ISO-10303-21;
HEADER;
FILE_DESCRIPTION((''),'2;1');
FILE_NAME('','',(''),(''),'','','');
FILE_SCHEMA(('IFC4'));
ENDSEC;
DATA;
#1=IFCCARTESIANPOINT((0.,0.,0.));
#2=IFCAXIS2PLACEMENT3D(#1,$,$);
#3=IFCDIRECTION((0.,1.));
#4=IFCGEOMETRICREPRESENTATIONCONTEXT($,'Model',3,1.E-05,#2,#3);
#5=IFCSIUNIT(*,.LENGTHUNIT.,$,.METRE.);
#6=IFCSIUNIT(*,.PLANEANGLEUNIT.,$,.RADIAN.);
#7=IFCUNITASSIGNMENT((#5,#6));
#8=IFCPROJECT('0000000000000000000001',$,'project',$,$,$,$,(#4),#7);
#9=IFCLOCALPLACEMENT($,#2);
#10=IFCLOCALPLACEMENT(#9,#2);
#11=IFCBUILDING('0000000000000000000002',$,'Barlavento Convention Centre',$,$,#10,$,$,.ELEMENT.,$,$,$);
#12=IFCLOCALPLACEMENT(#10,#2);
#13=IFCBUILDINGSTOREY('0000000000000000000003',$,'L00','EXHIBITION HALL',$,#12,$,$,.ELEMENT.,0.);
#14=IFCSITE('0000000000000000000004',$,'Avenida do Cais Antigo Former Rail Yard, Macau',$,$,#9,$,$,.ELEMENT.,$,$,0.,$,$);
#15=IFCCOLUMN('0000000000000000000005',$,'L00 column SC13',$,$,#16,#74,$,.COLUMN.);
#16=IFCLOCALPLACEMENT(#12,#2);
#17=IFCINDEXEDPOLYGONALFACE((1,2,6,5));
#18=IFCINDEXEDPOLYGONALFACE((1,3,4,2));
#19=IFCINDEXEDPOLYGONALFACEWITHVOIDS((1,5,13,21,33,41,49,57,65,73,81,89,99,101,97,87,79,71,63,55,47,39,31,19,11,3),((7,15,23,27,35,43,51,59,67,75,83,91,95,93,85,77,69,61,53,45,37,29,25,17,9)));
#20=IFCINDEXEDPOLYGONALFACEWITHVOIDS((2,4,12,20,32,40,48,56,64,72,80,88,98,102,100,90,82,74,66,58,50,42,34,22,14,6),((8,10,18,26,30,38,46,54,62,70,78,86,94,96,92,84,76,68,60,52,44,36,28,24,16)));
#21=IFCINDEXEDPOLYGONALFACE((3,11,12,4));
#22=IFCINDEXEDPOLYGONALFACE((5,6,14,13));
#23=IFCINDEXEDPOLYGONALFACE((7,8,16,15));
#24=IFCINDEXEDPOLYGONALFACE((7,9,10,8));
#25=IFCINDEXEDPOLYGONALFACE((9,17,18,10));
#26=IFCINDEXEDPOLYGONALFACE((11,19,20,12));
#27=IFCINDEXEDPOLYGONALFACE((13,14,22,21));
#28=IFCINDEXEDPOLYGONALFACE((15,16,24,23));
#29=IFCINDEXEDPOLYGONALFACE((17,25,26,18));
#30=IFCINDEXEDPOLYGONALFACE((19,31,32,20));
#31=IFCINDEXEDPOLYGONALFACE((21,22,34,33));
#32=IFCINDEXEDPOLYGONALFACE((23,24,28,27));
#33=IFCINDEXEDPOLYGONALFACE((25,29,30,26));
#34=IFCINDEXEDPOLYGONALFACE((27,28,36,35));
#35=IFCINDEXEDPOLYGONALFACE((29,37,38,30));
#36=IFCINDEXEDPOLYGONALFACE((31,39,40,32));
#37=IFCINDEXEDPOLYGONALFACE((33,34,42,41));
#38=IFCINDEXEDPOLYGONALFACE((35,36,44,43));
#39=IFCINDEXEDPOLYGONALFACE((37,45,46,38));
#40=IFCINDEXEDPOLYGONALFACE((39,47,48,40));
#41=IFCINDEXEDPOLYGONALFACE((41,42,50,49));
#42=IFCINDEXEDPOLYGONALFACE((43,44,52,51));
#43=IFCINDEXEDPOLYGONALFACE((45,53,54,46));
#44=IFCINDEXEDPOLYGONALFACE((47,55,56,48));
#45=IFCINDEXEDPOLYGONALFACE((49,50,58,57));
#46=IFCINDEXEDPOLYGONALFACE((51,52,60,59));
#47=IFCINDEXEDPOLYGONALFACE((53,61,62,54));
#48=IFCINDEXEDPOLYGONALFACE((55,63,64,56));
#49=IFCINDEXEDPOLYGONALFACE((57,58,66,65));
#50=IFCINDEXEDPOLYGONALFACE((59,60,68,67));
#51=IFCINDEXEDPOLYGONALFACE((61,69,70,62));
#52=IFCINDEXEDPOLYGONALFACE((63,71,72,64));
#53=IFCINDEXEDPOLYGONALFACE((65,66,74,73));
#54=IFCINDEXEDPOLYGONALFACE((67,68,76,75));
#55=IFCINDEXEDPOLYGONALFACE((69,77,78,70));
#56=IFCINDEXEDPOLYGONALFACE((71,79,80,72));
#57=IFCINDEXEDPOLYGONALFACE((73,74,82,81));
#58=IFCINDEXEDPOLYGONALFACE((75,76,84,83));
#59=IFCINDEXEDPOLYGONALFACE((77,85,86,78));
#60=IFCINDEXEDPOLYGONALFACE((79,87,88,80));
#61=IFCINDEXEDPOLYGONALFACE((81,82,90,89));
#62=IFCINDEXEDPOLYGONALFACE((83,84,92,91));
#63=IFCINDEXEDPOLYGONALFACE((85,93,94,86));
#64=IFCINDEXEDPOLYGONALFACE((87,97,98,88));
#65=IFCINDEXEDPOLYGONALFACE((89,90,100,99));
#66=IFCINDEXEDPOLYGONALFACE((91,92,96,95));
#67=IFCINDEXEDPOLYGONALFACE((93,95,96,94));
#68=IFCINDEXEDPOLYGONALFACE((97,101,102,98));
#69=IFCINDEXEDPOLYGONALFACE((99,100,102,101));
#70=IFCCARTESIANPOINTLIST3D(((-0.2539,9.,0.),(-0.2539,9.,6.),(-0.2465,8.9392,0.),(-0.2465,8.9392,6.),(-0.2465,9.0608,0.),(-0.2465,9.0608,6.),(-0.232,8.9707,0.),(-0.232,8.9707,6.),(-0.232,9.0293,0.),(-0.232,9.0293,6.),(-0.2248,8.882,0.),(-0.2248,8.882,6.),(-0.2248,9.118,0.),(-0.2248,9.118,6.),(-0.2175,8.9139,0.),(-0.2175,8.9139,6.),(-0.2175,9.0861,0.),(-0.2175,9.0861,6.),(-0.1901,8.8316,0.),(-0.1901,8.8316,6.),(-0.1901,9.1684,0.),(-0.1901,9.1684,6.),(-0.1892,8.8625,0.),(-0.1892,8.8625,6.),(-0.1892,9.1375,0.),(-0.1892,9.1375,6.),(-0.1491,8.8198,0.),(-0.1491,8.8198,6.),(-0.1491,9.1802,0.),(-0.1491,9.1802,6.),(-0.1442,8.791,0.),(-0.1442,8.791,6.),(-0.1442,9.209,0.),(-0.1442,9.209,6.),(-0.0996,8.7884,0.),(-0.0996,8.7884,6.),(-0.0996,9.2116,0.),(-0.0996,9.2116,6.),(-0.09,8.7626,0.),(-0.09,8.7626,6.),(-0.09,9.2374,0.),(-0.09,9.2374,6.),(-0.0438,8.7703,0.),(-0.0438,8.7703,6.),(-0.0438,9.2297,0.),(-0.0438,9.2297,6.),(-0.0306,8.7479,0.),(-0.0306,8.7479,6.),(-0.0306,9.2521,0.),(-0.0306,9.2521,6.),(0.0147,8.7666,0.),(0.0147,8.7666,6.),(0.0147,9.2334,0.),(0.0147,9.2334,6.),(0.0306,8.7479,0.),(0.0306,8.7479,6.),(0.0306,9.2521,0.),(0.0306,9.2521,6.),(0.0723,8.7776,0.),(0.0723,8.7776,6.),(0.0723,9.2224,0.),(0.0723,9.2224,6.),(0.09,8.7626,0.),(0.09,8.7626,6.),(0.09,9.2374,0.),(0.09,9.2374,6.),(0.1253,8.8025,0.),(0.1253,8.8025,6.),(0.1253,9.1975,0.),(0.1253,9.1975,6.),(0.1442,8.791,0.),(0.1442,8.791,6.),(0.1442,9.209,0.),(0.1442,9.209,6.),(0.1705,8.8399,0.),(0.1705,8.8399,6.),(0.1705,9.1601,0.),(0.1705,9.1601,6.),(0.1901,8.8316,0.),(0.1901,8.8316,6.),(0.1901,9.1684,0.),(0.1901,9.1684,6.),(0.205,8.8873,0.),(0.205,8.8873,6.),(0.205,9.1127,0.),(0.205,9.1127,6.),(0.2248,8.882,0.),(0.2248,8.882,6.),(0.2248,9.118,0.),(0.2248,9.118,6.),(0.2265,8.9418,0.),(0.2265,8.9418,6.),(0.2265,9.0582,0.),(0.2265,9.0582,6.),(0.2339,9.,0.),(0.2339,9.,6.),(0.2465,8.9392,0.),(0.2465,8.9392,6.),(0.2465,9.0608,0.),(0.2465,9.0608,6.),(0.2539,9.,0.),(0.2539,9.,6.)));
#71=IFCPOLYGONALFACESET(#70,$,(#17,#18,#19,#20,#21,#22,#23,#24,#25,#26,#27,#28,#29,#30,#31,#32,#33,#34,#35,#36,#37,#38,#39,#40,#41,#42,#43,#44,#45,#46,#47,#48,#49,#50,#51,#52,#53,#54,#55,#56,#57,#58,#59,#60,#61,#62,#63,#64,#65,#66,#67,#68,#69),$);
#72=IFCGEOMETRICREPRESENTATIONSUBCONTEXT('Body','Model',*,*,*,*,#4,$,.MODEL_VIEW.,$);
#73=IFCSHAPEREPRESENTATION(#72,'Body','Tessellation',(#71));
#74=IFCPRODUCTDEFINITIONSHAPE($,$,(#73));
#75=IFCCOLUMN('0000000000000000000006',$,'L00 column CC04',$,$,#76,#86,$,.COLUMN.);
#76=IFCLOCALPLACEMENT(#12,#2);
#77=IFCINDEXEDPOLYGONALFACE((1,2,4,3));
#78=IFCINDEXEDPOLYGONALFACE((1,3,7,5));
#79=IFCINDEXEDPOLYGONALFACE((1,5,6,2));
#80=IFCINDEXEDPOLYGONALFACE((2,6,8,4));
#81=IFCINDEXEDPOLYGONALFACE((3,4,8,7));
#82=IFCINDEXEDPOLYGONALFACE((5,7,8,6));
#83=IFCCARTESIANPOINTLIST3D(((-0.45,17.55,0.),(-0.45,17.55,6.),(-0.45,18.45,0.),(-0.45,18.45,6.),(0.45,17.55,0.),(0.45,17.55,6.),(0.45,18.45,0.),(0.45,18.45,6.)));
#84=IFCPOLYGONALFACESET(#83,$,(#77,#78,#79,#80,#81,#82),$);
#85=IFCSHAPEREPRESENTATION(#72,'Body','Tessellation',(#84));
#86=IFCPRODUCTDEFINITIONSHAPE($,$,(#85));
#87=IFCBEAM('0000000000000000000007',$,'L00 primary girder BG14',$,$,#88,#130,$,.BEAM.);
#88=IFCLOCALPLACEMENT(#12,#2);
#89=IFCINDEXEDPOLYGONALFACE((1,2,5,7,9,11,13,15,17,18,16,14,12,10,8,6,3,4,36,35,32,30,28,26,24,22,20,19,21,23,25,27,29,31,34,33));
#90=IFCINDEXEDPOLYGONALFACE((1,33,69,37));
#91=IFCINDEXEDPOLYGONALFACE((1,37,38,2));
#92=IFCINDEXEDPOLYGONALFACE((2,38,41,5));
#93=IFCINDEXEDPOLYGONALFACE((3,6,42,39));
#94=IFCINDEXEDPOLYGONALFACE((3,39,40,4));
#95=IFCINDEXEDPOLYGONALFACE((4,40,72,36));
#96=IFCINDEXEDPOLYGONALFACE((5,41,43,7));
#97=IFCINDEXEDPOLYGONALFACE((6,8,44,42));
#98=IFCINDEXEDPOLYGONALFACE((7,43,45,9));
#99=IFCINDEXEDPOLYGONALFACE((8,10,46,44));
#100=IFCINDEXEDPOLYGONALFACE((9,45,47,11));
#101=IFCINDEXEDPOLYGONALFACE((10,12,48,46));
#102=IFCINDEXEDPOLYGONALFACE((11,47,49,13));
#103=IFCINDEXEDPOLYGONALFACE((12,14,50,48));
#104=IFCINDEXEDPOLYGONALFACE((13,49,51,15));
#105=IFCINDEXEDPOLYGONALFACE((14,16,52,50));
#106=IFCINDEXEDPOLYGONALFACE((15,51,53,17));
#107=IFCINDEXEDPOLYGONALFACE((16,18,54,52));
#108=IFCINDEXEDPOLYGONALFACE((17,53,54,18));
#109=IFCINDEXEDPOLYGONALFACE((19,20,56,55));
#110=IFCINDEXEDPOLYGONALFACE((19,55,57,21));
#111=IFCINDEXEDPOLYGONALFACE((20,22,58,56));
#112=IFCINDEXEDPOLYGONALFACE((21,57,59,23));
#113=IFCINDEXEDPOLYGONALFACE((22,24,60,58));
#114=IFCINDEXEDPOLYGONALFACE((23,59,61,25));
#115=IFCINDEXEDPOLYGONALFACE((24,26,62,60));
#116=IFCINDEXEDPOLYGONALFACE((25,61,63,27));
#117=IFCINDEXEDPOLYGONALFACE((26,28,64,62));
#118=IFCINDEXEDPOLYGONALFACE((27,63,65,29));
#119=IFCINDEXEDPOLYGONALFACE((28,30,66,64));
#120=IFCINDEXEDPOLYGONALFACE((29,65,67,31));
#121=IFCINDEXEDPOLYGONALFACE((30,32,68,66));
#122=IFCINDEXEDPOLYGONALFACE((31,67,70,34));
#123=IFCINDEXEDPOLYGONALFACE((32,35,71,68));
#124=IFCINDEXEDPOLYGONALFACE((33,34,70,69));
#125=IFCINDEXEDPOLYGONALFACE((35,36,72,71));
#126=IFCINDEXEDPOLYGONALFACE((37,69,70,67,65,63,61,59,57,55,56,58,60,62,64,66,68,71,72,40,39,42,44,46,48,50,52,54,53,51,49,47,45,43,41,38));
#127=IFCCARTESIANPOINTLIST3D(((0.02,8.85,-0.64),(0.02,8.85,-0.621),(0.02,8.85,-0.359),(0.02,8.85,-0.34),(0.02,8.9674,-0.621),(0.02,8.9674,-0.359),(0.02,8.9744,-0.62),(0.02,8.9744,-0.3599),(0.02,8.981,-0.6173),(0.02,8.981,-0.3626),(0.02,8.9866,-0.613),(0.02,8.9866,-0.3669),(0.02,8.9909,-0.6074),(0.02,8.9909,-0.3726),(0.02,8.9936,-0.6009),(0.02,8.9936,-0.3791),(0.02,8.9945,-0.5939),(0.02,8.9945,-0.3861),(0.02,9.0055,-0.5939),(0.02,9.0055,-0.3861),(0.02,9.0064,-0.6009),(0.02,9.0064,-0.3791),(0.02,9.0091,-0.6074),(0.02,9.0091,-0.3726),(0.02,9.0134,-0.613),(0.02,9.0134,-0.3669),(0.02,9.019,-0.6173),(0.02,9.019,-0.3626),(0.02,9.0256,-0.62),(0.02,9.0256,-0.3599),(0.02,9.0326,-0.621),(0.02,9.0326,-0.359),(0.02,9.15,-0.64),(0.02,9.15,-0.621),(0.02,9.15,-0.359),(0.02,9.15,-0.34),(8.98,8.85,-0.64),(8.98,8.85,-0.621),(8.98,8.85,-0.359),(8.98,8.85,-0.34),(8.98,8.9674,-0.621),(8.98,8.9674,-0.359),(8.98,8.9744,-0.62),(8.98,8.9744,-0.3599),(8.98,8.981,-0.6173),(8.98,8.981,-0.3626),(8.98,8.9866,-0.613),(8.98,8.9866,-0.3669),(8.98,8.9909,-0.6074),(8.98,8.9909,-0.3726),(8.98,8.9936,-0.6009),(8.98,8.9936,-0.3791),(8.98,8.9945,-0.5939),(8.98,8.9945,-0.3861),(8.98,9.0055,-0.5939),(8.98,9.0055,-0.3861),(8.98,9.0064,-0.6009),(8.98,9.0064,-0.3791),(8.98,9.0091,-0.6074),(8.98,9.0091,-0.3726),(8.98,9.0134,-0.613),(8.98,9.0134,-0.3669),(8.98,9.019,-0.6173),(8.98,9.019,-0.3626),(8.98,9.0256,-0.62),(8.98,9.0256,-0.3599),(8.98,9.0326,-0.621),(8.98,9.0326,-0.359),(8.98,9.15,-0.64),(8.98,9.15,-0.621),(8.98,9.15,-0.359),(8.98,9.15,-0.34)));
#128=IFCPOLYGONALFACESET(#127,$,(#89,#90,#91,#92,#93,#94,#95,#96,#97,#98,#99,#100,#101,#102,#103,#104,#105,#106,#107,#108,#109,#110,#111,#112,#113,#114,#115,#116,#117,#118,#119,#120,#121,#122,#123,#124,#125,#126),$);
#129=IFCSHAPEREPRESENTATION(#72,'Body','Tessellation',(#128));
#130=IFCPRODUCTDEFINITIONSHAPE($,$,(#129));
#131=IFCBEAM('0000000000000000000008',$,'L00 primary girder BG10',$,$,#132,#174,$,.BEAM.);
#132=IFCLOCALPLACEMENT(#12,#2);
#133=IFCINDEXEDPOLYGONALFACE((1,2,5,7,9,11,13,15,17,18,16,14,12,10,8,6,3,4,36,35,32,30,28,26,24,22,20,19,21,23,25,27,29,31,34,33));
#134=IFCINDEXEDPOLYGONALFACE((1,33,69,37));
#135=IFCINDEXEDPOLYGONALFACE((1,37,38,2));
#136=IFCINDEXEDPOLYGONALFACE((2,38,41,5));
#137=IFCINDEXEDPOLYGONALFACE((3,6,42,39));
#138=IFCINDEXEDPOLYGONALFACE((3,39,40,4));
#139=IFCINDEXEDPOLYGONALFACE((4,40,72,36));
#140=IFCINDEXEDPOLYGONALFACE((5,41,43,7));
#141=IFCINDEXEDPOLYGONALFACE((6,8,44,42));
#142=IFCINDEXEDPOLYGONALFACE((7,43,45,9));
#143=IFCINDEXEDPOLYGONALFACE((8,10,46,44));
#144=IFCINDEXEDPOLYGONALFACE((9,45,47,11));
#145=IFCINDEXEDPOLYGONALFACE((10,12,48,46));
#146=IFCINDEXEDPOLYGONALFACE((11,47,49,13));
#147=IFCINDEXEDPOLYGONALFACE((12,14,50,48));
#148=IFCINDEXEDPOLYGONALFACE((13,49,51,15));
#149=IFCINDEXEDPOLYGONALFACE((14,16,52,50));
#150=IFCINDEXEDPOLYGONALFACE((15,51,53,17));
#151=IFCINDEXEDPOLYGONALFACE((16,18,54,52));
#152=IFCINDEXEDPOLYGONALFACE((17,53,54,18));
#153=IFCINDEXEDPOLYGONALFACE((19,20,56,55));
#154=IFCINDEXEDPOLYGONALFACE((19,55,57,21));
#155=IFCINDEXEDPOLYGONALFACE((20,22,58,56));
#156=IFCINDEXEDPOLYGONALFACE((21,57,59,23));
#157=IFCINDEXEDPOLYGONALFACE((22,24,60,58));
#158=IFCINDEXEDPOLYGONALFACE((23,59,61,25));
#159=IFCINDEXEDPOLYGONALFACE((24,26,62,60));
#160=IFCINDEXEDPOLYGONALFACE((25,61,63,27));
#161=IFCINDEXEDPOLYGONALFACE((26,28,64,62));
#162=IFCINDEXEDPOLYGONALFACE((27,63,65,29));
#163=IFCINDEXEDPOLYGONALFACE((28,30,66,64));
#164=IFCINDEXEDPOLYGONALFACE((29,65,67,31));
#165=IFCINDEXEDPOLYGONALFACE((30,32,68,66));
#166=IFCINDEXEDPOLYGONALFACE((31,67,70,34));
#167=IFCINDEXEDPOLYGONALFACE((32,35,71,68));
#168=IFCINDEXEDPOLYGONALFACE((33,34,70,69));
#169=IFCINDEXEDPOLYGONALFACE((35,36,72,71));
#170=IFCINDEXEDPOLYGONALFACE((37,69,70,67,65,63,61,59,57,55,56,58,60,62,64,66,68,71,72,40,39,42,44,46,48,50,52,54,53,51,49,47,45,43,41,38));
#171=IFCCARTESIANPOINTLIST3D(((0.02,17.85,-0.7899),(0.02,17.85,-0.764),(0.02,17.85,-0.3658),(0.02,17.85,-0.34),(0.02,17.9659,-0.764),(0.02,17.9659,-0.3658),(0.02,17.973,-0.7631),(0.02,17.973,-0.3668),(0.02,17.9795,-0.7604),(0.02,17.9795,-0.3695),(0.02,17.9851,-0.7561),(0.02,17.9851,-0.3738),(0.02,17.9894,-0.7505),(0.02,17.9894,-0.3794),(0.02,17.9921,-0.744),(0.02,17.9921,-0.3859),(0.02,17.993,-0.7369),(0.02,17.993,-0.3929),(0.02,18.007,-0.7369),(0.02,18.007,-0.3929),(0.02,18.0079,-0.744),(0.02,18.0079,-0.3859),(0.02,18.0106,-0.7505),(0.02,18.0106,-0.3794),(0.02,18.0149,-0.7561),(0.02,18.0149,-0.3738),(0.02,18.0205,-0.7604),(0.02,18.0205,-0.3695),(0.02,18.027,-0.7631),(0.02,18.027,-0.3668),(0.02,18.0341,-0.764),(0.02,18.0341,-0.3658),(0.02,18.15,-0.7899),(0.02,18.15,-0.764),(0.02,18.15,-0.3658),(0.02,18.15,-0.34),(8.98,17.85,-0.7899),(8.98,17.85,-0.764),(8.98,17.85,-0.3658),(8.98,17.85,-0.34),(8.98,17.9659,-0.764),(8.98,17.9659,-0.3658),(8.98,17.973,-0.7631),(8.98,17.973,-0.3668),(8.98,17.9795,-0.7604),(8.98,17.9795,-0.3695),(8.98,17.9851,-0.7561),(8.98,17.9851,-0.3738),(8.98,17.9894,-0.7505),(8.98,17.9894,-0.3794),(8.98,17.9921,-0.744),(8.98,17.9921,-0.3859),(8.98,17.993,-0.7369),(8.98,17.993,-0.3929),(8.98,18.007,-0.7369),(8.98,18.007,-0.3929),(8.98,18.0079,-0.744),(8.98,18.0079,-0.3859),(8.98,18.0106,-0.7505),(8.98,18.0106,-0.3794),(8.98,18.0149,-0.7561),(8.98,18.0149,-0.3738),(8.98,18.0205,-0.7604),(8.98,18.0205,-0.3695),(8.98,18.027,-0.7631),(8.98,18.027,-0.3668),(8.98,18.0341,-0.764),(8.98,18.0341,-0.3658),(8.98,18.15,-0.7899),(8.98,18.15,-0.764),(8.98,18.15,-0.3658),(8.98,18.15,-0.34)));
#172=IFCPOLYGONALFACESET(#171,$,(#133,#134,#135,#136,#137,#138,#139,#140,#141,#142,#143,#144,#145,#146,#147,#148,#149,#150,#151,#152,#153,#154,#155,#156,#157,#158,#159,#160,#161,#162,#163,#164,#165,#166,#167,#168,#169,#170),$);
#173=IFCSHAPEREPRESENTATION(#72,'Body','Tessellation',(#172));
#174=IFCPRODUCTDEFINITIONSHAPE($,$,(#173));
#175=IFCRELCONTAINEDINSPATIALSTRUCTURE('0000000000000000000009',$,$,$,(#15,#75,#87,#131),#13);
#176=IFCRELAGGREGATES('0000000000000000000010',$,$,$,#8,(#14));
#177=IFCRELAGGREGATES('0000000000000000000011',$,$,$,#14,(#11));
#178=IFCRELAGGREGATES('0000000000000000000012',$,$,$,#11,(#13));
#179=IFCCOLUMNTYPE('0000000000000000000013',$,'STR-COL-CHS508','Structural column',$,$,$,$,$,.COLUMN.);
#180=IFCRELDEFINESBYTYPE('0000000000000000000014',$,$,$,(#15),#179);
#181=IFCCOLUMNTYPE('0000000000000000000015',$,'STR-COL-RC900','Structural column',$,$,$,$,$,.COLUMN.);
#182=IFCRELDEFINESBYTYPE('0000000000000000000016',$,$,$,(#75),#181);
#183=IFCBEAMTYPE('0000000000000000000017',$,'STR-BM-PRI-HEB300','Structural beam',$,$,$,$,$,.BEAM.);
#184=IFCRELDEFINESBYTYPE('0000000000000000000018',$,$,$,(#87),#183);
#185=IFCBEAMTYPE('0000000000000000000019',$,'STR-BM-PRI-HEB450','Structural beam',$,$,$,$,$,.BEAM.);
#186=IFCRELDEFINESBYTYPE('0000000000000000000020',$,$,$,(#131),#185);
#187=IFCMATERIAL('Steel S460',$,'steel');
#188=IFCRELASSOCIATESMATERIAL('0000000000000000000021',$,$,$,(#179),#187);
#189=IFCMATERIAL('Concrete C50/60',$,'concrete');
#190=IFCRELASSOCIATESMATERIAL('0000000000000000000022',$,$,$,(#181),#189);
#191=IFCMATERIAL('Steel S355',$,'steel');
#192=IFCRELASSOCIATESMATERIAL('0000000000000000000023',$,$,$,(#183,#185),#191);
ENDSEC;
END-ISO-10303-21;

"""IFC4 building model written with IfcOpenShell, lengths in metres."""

from ifc_helpers import new_model, si_unit, direction, frame, origin, origin_2d, place, context, subcontext, project, spatial, rectangle, hollow_circle, i_section, extrude, material, material_profile, profile_set, type_object, element, save


model = new_model("IFC4")

# Units and contexts
model_context = context("Model", 3, precision=1e-05, world=origin(), true_north=direction((0.0, 1.0)))
body_context = subcontext(model_context, "Body", "Model", "MODEL_VIEW")
ifc_project = project(units=[si_unit("LENGTHUNIT", "METRE"), si_unit("PLANEANGLEUNIT", "RADIAN")], contexts=[model_context])

# Site, building, storey
site_placement = place(None, origin())
site = spatial("IfcSite", under=ifc_project, at=site_placement, Name="Avenida do Cais Antigo Former Rail Yard, Macau", CompositionType="ELEMENT", RefElevation=0.0)
building_placement = place(site_placement, origin())
building = spatial("IfcBuilding", under=site, at=building_placement, Name="Barlavento Convention Centre", CompositionType="ELEMENT")
storey_placement = place(building_placement, origin())
storey = spatial("IfcBuildingStorey", under=building, at=storey_placement, Name="L00", Description="EXHIBITION HALL", CompositionType="ELEMENT", Elevation=0.0)

# Columns
ifc_material_1 = material(Name="Steel S460", Category="steel")
ifc_material_profile_1 = material_profile(ifc_material_1, hollow_circle(Radius=0.2539, WallThickness=0.02, at=origin_2d()), Name="CHS 508.0x20.0")
ifc_profile_set_1 = profile_set([ifc_material_profile_1], Name="Steel S460")
column_type_1 = type_object("IfcColumnType", Name="STR-COL-CHS508", Description="Structural column", PredefinedType="COLUMN", material=ifc_profile_set_1)
column_1_placement = place(storey_placement, frame((0.0, 9.0, 0.0), z_axis=(0.0, 0.0, 1.0), x_axis=(1.0, 0.0, 0.0)))
element("IfcColumn", 1, at=column_1_placement, inside=storey, type_object=column_type_1, Name="L00 column SC13", PredefinedType="COLUMN", context=body_context, shape_type="SweptSolid", body=[
    extrude(hollow_circle(Radius=0.2539, WallThickness=0.02, at=origin_2d()), origin(), (0.0, 0.0, 1.0), 6.0),
])
ifc_material_2 = material(Name="Concrete C50/60", Category="concrete")
ifc_material_profile_2 = material_profile(ifc_material_2, rectangle(XDim=0.8999, YDim=0.8999, at=origin_2d()), Name="RC 900x900")
ifc_profile_set_2 = profile_set([ifc_material_profile_2], Name="Concrete C50/60")
column_type_2 = type_object("IfcColumnType", Name="STR-COL-RC900", Description="Structural column", PredefinedType="COLUMN", material=ifc_profile_set_2)
column_2_placement = place(storey_placement, frame((0.0, 18.0, 0.0), z_axis=(0.0, 0.0, 1.0), x_axis=(1.0, 0.0, 0.0)))
element("IfcColumn", 2, at=column_2_placement, inside=storey, type_object=column_type_2, Name="L00 column CC04", PredefinedType="COLUMN", context=body_context, shape_type="SweptSolid", body=[
    extrude(rectangle(XDim=0.8999, YDim=0.8999, at=origin_2d()), origin(), (0.0, 0.0, 1.0), 6.0),
])

# Beams
ifc_material_3 = material(Name="Steel S355", Category="steel")
ifc_material_profile_3 = material_profile(ifc_material_3, i_section(OverallWidth=0.3, OverallDepth=0.3, WebThickness=0.011, FlangeThickness=0.019, FilletRadius=0.0271, at=origin_2d()), Name="HEB 300")
ifc_profile_set_3 = profile_set([ifc_material_profile_3], Name="Steel S355")
beam_type_1 = type_object("IfcBeamType", Name="STR-BM-PRI-HEB300", Description="Structural beam", PredefinedType="BEAM", material=ifc_profile_set_3)
beam_1_placement = place(storey_placement, frame((0.02, 9.0, -0.49), z_axis=(1.0, 0.0, 0.0), x_axis=(0.0, 1.0, 0.0)))
element("IfcBeam", 3, at=beam_1_placement, inside=storey, type_object=beam_type_1, Name="L00 primary girder BG14", PredefinedType="BEAM", context=body_context, shape_type="SweptSolid", body=[
    extrude(i_section(OverallWidth=0.3, OverallDepth=0.3, WebThickness=0.011, FlangeThickness=0.019, FilletRadius=0.0271, at=origin_2d()), origin(), (0.0, 0.0, 1.0), 8.96),
])
ifc_material_profile_4 = material_profile(ifc_material_3, i_section(OverallWidth=0.3, OverallDepth=0.45, WebThickness=0.0139, FlangeThickness=0.0259, FilletRadius=0.0271, at=origin_2d()), Name="HEB 450")
ifc_profile_set_4 = profile_set([ifc_material_profile_4], Name="Steel S355")
beam_type_2 = type_object("IfcBeamType", Name="STR-BM-PRI-HEB450", Description="Structural beam", PredefinedType="BEAM", material=ifc_profile_set_4)
beam_2_placement = place(storey_placement, frame((0.02, 18.0, -0.5649), z_axis=(1.0, 0.0, 0.0), x_axis=(0.0, 1.0, 0.0)))
element("IfcBeam", 4, at=beam_2_placement, inside=storey, type_object=beam_type_2, Name="L00 primary girder BG10", PredefinedType="BEAM", context=body_context, shape_type="SweptSolid", body=[
    extrude(i_section(OverallWidth=0.3, OverallDepth=0.45, WebThickness=0.0139, FlangeThickness=0.0259, FilletRadius=0.0271, at=origin_2d()), origin(), (0.0, 0.0, 1.0), 8.96),
])

save(model, "model.ifc")
